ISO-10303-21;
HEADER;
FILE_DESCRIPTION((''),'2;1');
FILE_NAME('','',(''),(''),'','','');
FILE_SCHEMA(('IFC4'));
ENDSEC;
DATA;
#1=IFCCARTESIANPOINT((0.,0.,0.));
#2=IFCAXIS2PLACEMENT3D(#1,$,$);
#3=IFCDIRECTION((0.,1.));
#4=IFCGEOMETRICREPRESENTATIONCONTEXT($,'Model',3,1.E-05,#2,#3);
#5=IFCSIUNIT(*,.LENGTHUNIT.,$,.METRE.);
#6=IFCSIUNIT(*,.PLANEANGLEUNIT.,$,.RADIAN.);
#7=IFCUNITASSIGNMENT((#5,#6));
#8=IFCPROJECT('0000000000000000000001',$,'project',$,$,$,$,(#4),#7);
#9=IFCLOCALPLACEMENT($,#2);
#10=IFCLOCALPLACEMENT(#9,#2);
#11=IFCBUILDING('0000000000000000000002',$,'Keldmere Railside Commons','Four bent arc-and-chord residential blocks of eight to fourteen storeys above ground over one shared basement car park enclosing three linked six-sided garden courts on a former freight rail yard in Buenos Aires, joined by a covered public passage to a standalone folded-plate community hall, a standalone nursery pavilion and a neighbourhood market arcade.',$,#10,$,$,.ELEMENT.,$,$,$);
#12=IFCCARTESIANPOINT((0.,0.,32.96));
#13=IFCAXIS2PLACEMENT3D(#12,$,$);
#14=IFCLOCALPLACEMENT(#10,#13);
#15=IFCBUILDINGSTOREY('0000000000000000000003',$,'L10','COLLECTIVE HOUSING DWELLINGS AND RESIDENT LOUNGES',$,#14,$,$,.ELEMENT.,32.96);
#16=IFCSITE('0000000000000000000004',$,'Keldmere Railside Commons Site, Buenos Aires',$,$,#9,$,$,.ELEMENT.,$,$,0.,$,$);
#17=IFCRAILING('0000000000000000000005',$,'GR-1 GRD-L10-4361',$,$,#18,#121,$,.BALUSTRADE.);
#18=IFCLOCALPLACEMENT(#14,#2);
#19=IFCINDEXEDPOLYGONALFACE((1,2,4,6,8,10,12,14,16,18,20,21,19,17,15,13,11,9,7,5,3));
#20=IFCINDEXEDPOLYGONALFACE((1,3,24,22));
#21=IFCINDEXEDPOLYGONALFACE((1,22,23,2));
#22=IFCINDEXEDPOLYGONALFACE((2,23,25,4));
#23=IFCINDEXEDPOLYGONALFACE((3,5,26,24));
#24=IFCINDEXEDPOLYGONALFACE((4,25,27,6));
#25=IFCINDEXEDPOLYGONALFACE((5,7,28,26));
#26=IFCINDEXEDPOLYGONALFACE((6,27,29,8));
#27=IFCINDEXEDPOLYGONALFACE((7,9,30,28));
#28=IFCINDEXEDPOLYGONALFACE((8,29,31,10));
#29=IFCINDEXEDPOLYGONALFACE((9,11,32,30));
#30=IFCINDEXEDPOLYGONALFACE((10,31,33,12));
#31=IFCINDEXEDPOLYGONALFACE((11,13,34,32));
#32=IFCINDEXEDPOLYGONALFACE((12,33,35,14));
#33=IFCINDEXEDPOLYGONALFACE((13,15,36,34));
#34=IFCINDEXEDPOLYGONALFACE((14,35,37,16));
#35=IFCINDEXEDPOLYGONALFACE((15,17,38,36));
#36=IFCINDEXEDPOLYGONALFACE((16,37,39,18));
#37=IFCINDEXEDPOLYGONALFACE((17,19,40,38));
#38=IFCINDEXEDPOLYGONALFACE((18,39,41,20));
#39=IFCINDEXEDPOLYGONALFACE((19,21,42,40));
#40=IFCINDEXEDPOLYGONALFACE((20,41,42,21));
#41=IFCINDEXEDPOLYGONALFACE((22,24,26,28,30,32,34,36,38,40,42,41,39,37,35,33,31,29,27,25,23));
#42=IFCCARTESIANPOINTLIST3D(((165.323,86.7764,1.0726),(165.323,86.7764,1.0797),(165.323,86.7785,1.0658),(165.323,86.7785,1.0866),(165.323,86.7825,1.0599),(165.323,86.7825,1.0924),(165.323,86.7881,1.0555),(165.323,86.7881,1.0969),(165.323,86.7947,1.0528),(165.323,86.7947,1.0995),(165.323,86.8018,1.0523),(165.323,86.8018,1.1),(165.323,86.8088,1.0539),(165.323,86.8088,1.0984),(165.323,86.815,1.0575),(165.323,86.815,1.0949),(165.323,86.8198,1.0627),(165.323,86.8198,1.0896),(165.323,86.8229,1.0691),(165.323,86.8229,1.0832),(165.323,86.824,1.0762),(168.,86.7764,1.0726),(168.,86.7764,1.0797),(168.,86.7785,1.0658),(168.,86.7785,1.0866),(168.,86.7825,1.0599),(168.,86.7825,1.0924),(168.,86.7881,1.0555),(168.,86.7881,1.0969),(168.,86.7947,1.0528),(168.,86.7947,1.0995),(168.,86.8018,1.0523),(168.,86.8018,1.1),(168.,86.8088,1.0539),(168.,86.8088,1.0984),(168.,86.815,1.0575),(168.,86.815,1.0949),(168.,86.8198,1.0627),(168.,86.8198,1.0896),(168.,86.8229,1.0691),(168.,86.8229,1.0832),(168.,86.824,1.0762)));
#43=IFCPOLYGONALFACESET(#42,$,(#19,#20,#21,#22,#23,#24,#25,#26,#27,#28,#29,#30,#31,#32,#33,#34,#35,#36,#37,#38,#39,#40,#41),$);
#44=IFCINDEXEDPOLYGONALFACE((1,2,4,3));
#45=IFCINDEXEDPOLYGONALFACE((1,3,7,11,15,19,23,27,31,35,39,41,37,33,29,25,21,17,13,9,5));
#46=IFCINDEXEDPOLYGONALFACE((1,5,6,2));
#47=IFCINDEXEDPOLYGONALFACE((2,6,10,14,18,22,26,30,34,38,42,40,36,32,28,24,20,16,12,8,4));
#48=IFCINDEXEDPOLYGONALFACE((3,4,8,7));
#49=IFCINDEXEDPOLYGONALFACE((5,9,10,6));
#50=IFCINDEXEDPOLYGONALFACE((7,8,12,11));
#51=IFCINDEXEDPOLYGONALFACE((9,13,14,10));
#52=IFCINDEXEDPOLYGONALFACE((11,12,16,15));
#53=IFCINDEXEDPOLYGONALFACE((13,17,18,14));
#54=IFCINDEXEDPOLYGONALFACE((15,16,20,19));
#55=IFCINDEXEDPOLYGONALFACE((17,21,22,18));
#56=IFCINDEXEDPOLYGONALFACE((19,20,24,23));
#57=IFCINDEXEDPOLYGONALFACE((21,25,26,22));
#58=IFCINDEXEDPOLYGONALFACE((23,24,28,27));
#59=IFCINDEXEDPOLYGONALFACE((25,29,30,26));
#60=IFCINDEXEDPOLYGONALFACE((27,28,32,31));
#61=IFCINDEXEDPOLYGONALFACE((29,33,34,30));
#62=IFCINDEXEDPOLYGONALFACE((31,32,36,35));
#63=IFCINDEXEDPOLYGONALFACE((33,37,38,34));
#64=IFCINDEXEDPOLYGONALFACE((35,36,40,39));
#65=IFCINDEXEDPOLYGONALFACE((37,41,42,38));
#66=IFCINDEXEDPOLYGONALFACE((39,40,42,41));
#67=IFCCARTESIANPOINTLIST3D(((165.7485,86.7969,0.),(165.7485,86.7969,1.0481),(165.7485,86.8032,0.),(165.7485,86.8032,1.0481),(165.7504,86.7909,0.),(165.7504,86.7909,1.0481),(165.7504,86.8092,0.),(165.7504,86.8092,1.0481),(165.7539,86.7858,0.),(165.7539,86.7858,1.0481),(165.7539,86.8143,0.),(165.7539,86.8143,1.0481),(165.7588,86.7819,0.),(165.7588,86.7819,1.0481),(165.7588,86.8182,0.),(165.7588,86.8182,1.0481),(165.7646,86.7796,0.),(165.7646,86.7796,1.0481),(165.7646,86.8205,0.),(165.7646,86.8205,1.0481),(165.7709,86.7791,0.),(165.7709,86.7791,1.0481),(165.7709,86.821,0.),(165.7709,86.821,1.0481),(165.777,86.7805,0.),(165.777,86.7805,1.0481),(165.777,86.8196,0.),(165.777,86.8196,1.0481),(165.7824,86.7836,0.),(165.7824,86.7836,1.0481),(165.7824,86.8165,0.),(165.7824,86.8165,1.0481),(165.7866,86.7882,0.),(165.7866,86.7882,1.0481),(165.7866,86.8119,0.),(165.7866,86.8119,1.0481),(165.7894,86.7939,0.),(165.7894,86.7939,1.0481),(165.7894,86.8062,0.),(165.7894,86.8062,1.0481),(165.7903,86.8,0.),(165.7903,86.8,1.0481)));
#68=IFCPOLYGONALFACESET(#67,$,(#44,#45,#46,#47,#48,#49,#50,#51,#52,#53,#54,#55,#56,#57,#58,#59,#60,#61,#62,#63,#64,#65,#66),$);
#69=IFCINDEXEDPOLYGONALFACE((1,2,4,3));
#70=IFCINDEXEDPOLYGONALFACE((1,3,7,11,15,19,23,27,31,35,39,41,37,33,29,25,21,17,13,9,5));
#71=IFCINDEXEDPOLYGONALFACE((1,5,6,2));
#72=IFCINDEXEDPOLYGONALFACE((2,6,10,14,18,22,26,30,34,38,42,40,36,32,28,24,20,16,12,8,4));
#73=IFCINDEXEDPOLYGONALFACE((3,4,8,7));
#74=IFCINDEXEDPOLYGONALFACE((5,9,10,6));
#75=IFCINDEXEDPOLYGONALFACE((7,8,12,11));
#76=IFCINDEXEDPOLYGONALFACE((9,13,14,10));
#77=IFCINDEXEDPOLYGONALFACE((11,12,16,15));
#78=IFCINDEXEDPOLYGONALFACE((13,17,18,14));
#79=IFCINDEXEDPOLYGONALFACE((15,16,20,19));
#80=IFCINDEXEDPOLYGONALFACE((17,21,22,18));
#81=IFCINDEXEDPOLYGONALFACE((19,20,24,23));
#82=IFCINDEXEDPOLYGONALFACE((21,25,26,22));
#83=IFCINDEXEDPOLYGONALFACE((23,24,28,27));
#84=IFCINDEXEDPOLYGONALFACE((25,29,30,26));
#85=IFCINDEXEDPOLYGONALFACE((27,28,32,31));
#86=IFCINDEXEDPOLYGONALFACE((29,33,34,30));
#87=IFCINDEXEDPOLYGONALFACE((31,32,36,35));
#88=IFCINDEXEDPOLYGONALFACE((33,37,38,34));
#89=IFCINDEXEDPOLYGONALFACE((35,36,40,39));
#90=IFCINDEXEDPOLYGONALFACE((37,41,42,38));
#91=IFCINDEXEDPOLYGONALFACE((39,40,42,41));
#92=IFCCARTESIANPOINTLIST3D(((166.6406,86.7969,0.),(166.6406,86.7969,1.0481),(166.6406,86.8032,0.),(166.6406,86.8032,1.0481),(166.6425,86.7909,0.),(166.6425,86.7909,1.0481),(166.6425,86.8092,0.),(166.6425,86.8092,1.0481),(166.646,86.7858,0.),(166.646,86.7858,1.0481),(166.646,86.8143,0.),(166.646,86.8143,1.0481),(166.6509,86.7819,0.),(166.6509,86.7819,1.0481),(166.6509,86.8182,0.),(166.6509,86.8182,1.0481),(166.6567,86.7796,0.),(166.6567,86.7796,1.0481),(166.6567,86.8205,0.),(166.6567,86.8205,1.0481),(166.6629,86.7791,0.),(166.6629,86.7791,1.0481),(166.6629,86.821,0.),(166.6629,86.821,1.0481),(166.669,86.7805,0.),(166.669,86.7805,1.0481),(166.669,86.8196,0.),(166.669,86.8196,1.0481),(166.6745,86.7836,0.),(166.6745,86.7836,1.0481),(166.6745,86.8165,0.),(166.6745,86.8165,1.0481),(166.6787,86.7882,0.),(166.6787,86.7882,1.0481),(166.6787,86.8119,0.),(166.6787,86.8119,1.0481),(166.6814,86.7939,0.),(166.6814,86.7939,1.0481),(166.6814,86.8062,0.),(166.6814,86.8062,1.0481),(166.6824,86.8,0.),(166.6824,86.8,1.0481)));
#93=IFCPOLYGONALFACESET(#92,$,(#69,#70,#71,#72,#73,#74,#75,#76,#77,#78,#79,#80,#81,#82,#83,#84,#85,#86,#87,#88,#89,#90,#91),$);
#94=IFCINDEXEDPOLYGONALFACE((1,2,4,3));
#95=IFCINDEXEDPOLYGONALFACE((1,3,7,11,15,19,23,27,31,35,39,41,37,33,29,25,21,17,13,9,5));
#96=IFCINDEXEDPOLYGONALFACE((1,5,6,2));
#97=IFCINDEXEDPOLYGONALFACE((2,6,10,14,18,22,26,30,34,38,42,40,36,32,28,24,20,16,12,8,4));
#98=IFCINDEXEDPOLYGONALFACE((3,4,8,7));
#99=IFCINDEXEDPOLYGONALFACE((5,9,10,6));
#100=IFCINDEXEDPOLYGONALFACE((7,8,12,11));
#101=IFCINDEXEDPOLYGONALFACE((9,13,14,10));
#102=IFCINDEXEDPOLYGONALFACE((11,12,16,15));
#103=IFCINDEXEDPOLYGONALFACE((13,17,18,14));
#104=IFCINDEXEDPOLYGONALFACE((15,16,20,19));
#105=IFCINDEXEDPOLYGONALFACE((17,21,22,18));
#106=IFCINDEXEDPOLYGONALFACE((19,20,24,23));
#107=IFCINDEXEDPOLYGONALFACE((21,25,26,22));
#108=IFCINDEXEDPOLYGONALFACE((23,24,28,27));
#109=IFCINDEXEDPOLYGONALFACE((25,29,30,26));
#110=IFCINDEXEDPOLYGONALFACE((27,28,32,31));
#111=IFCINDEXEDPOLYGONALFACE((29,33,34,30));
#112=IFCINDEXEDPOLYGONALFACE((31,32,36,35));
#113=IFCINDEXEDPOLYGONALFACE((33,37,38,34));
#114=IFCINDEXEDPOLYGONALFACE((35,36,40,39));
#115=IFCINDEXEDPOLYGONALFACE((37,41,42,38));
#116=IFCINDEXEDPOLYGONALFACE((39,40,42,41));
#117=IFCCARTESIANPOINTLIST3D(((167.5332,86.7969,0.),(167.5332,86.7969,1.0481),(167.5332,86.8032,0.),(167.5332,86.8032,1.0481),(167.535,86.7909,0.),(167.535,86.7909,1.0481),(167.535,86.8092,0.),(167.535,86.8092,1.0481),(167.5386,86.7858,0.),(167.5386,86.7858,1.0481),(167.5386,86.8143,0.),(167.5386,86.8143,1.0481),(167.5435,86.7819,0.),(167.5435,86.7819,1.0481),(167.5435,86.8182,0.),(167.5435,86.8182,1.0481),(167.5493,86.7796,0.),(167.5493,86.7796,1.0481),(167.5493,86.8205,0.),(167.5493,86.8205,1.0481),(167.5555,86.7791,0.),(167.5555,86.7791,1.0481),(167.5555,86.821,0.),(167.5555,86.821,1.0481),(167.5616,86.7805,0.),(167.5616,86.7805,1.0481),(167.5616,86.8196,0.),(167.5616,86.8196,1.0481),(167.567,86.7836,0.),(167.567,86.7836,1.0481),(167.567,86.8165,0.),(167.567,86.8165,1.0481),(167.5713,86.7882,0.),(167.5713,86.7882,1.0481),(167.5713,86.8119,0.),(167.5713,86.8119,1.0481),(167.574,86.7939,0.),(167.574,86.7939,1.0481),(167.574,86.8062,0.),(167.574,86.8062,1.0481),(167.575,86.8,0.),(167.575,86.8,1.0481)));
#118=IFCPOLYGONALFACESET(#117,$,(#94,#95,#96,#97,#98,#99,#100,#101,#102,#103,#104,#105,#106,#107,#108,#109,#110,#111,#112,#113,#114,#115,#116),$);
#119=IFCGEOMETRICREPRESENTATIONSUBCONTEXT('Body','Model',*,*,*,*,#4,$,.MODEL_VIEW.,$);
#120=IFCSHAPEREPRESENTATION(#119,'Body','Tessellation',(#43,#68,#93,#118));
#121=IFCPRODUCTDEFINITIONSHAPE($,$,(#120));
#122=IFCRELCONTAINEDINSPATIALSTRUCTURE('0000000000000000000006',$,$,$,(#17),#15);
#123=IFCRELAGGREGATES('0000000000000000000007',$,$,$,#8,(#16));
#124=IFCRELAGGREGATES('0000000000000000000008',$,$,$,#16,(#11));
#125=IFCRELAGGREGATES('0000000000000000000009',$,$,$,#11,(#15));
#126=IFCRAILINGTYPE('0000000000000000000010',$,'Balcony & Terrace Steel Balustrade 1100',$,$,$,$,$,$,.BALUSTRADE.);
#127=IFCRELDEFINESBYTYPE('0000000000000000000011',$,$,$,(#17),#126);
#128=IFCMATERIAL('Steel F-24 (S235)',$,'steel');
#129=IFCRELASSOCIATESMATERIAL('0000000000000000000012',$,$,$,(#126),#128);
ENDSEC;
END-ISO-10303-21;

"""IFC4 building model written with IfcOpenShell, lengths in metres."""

from ifc_helpers import new_model, si_unit, direction, frame, origin, origin_2d, place, context, subcontext, project, spatial, circle, extrude, material, type_object, element, save


model = new_model("IFC4")

# Units and contexts
model_context = context("Model", 3, precision=1e-05, world=origin(), true_north=direction((0.0, 1.0)))
body_context = subcontext(model_context, "Body", "Model", "MODEL_VIEW")
ifc_project = project(units=[si_unit("LENGTHUNIT", "METRE"), si_unit("PLANEANGLEUNIT", "RADIAN")], contexts=[model_context])

# Site, building, storey
site_placement = place(None, origin())
site = spatial("IfcSite", under=ifc_project, at=site_placement, Name="Keldmere Railside Commons Site, Buenos Aires", CompositionType="ELEMENT", RefElevation=0.0)
building_placement = place(site_placement, origin())
building = spatial("IfcBuilding", under=site, at=building_placement, Name="Keldmere Railside Commons", Description="Four bent arc-and-chord residential blocks of eight to fourteen storeys above ground over one shared basement car park enclosing three linked six-sided garden courts on a former freight rail yard in Buenos Aires, joined by a covered public passage to a standalone folded-plate community hall, a standalone nursery pavilion and a neighbourhood market arcade.", CompositionType="ELEMENT")
storey_placement = place(building_placement, frame((0.0, 0.0, 32.96)))
storey = spatial("IfcBuildingStorey", under=building, at=storey_placement, Name="L10", Description="COLLECTIVE HOUSING DWELLINGS AND RESIDENT LOUNGES", CompositionType="ELEMENT", Elevation=32.96)

# Railing
ifc_material_1 = material(Name="Steel F-24 (S235)", Category="steel")
railing_type = type_object("IfcRailingType", Name="Balcony & Terrace Steel Balustrade 1100", PredefinedType="BALUSTRADE", material=ifc_material_1)
railing_1_placement = place(storey_placement, frame((165.323, 86.8, 0.0)))
element("IfcRailing", 1, at=railing_1_placement, inside=storey, type_object=railing_type, Name="GR-1 GRD-L10-4361", PredefinedType="BALUSTRADE", context=body_context, shape_type="SweptSolid", body=[
    extrude(circle(Radius=0.0239, at=origin_2d()), frame((0.0, 0.0, 1.0762), z_axis=(1.0, 0.0, 0.0), x_axis=(0.0, 1.0, 0.0)), (0.0, 0.0, 1.0), 2.677),
    extrude(circle(Radius=0.021, at=origin_2d()), frame((0.4463, 0.0, 0.0)), (0.0, 0.0, 1.0), 1.0481),
    extrude(circle(Radius=0.021, at=origin_2d()), frame((1.3384, 0.0, 0.0)), (0.0, 0.0, 1.0), 1.0481),
    extrude(circle(Radius=0.021, at=origin_2d()), frame((2.231, 0.0, 0.0)), (0.0, 0.0, 1.0), 1.0481),
])

save(model, "model.ifc")
